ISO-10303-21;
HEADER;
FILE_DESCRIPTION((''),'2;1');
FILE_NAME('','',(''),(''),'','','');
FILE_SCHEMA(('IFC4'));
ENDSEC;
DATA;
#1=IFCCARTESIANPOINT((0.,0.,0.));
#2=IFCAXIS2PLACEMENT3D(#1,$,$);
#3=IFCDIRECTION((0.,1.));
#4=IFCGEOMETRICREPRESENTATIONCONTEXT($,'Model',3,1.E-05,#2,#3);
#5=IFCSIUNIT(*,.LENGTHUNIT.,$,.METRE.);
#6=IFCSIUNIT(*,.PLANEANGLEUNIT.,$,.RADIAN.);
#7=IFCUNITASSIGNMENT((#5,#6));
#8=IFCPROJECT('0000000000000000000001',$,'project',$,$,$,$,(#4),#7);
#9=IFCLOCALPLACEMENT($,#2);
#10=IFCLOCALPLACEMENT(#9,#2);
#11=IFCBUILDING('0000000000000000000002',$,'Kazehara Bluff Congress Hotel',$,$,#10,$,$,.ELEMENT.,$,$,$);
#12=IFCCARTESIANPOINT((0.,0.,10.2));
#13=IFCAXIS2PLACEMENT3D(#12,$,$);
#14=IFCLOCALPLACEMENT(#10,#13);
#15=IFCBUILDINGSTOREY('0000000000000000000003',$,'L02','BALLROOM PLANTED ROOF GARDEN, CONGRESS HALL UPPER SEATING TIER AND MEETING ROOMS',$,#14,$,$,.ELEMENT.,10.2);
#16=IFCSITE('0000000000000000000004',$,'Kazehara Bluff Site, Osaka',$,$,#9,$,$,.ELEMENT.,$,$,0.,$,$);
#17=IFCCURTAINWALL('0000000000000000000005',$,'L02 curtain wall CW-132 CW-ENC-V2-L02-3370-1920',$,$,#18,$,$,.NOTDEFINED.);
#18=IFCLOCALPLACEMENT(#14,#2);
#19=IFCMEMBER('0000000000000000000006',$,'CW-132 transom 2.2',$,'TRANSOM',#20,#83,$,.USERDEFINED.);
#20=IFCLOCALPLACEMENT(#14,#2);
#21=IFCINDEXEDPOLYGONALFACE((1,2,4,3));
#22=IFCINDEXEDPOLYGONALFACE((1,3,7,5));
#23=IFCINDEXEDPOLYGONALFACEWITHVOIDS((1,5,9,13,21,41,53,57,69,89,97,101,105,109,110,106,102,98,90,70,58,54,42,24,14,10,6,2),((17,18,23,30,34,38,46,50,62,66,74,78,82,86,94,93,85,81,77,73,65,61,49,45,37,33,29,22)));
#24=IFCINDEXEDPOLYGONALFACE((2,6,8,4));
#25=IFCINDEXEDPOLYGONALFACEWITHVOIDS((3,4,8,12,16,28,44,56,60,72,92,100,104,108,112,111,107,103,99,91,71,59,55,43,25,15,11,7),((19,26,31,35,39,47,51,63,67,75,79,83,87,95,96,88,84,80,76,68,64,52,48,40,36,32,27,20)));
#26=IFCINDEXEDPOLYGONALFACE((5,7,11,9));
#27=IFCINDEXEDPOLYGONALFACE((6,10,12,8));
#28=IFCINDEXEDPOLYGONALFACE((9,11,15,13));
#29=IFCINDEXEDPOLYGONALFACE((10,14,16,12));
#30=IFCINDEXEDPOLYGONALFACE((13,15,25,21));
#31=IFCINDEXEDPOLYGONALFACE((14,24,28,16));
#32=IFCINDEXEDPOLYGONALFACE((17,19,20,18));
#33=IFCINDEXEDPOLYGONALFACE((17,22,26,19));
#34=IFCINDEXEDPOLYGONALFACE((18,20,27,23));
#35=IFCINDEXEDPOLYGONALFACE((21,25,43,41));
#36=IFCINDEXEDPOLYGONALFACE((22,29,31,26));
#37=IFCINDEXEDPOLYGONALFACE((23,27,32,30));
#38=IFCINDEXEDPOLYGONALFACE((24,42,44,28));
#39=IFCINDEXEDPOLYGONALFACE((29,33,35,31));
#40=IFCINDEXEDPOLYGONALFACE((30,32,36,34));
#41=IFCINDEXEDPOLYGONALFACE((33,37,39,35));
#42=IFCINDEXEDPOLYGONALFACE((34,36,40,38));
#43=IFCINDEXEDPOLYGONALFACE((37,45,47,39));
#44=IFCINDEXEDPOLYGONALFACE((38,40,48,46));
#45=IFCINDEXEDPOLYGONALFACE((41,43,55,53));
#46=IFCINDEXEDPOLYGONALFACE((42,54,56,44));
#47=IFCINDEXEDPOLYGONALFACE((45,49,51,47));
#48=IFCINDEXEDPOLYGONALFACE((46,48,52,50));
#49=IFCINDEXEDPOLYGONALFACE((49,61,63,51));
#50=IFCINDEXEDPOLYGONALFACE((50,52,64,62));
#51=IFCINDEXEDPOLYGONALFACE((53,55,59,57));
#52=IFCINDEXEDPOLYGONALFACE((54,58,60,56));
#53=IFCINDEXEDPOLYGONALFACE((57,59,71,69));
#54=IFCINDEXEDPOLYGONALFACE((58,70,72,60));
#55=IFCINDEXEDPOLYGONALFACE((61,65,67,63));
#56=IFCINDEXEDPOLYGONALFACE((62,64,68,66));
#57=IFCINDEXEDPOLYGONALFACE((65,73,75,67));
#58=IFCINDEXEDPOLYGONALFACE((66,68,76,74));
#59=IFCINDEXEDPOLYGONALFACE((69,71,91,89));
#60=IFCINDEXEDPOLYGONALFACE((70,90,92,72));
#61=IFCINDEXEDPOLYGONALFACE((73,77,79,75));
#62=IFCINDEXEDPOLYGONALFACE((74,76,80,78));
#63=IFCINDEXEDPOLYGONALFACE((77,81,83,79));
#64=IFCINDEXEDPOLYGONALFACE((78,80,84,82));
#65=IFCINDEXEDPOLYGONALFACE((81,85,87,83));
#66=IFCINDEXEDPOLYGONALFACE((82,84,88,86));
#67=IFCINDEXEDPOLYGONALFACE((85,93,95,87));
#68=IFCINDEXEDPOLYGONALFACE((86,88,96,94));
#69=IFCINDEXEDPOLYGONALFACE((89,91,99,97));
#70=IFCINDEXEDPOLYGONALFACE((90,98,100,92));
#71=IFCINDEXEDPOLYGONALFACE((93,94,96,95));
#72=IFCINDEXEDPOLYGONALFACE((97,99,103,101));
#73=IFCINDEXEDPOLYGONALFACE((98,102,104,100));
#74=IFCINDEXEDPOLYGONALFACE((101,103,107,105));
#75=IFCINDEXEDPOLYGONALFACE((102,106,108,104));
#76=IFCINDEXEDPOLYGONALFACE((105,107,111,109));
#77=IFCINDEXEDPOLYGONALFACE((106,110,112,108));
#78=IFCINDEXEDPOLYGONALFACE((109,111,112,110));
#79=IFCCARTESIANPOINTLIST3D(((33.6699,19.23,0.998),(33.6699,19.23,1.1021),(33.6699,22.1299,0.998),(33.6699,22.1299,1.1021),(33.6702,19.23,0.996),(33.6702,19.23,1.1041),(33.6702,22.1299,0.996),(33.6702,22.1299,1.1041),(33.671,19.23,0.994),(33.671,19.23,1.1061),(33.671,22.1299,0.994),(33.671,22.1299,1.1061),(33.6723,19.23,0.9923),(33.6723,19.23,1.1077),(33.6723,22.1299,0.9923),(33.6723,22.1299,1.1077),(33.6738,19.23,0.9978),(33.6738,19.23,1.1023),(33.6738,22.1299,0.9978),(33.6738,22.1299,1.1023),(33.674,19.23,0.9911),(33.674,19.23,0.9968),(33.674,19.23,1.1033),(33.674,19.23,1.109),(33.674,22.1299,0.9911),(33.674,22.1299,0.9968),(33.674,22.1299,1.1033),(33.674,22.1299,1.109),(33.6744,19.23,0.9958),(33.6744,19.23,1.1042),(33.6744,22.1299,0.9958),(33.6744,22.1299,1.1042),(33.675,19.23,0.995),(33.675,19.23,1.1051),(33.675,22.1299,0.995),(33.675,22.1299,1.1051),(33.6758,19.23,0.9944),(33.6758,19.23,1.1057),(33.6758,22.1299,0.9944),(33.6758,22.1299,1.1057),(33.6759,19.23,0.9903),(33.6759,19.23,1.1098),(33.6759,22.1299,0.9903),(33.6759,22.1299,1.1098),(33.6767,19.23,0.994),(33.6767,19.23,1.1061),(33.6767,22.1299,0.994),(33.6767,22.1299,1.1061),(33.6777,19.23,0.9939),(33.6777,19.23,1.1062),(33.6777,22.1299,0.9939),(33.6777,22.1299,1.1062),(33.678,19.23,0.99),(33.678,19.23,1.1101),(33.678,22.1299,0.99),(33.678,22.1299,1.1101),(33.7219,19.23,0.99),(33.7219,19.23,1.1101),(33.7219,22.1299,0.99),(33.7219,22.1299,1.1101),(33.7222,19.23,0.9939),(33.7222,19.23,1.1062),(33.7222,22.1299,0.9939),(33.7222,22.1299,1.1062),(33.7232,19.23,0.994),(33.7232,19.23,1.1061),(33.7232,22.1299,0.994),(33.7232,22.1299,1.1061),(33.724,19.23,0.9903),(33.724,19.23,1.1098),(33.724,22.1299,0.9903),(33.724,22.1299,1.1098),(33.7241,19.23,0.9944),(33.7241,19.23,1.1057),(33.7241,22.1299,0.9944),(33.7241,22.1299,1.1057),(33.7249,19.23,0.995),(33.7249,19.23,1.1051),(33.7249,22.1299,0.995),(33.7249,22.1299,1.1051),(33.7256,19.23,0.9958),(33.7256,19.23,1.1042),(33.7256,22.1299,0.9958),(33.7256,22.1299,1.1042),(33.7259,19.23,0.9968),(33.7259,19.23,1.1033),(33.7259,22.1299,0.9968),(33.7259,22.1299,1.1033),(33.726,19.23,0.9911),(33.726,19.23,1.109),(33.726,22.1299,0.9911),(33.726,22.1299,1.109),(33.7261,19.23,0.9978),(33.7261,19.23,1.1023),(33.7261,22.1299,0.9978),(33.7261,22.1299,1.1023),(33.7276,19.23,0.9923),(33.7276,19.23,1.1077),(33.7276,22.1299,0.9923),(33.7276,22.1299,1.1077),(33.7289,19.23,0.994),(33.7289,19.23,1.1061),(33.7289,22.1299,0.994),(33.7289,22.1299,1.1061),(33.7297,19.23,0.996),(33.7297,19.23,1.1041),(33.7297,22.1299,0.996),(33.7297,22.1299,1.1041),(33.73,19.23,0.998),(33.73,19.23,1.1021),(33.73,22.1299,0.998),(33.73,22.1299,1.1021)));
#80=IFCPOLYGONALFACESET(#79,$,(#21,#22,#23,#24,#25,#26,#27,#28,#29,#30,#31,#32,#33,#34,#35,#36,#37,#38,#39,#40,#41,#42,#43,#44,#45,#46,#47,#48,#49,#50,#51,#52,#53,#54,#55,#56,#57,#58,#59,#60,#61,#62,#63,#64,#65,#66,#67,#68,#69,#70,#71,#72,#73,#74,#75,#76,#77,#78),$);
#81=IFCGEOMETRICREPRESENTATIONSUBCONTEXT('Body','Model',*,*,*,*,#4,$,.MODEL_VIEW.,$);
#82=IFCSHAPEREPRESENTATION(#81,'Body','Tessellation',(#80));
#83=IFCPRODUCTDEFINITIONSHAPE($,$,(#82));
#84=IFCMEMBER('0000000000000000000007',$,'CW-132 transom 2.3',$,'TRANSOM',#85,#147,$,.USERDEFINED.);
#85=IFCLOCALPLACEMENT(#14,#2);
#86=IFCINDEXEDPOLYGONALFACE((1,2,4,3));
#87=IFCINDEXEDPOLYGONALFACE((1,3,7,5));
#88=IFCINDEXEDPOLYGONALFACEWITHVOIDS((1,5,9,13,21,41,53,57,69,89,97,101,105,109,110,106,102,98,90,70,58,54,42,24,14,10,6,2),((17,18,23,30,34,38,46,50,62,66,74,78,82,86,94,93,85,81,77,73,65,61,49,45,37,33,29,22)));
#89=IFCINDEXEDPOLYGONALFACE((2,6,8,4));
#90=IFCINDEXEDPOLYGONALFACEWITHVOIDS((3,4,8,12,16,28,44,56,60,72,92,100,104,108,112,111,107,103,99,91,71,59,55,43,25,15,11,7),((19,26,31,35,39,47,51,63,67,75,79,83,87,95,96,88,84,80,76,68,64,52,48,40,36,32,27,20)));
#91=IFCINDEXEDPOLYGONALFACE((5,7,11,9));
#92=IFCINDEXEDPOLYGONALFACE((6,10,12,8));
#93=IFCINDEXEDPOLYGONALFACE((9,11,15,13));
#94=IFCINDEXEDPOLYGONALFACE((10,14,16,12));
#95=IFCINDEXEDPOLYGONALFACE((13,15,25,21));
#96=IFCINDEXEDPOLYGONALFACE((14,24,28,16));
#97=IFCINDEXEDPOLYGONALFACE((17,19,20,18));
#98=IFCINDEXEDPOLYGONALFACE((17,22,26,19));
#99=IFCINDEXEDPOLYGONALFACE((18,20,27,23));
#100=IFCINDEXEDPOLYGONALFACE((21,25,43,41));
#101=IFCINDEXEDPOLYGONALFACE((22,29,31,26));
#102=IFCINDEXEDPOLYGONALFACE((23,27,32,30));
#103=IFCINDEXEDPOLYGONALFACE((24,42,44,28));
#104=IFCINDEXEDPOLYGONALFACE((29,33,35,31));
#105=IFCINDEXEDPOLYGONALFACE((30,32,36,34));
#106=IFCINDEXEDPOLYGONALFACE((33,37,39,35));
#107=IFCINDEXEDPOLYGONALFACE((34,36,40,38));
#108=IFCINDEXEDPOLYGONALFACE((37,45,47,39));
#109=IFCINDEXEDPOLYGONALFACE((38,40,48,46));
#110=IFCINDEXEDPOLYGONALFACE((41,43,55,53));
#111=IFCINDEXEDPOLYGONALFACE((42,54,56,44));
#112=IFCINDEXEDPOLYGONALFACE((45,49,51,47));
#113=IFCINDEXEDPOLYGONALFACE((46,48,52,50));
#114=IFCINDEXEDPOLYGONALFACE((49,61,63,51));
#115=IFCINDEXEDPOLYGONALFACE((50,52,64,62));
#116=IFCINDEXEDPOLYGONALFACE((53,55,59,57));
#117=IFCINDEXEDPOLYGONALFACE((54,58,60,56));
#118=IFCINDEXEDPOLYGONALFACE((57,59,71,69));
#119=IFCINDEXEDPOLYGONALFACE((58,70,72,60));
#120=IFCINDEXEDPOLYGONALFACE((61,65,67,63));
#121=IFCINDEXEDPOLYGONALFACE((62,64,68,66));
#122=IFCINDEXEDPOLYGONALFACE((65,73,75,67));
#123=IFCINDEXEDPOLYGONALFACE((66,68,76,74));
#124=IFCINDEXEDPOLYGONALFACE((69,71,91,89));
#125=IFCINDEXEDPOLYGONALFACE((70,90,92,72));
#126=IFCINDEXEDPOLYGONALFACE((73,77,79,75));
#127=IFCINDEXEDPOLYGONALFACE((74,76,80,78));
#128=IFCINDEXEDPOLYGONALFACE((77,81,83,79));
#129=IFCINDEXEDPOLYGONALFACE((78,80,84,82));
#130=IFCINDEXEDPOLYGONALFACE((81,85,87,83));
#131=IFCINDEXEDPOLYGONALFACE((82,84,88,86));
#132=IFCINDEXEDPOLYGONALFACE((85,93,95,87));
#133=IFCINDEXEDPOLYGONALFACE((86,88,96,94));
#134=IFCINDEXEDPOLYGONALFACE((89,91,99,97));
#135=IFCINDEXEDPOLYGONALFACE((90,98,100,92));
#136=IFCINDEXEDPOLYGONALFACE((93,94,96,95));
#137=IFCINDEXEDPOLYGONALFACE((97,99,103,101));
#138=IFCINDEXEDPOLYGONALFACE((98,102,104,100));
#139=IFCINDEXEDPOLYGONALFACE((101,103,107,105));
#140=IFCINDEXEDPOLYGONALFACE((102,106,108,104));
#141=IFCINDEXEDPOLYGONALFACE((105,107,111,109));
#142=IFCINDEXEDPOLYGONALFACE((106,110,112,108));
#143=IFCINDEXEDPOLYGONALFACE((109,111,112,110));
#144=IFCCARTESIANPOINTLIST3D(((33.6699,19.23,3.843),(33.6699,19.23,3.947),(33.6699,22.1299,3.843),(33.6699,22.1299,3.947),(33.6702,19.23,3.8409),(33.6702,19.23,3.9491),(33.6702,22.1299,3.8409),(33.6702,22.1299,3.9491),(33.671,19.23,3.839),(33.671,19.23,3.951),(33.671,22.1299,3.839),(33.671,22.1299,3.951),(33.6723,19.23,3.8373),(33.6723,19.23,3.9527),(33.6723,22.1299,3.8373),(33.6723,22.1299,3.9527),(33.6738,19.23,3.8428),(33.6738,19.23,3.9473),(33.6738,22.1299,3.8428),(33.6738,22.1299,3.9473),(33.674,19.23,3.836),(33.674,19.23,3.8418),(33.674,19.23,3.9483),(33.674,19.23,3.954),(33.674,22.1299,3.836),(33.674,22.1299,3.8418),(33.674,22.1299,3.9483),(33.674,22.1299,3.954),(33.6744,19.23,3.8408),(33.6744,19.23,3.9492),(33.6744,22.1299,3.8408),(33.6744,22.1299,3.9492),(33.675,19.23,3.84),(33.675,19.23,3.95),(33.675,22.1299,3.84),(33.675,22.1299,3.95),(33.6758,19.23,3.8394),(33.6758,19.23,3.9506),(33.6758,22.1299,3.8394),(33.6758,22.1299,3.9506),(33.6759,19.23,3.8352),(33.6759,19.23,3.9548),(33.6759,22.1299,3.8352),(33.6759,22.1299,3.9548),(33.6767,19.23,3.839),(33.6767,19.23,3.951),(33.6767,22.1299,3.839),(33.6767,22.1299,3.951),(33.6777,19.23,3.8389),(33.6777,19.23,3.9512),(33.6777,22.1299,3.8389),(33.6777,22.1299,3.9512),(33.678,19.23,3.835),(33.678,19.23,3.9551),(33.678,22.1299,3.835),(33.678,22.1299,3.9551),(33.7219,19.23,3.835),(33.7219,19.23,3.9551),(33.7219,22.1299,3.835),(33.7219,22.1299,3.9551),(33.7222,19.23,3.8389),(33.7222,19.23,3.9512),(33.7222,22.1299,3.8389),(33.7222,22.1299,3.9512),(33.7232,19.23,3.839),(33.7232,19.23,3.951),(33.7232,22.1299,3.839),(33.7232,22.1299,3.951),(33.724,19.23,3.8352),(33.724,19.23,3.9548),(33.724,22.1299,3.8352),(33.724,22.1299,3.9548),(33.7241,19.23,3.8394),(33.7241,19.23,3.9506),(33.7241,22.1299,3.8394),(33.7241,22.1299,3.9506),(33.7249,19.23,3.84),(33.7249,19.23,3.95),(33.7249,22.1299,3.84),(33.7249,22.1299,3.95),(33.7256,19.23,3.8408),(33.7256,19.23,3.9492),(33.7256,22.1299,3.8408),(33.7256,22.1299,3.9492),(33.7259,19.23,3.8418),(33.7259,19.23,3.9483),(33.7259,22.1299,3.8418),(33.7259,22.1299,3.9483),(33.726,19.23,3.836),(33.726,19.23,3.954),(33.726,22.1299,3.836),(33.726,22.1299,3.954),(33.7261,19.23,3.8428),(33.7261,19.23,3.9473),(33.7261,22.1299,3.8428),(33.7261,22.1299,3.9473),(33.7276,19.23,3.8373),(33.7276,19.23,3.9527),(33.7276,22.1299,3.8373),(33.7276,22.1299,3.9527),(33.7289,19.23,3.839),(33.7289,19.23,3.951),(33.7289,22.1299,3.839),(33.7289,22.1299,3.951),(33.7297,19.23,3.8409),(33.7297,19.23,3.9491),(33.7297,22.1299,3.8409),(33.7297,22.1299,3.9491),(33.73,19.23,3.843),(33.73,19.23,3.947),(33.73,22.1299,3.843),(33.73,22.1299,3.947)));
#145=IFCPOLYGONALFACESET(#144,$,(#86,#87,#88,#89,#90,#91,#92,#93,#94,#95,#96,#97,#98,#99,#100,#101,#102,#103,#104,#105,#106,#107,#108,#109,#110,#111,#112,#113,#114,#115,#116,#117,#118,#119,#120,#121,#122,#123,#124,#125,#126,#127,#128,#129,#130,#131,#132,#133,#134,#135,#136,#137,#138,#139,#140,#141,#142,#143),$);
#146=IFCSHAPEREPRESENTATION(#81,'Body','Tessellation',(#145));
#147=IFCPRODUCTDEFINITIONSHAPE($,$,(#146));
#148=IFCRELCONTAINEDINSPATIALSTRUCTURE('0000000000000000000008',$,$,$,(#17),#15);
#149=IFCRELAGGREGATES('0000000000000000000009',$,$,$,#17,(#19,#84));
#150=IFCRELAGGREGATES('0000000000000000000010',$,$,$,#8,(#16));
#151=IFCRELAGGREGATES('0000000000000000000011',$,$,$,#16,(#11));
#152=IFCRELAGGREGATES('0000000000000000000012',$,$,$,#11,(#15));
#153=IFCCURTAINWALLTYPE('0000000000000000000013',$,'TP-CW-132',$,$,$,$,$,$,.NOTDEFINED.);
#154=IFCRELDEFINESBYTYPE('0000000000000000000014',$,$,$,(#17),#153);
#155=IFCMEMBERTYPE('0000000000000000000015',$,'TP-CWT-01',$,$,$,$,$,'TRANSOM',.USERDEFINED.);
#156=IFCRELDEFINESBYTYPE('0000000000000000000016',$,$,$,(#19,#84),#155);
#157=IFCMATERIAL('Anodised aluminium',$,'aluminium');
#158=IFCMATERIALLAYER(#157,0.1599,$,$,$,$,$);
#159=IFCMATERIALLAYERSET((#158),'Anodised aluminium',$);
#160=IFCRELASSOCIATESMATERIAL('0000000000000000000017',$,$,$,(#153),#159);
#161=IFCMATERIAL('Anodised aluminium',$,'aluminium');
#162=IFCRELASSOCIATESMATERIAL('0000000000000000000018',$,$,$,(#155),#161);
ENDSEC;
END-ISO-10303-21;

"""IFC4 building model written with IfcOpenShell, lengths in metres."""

from ifc_helpers import new_model, si_unit, direction, frame, origin, origin_2d, place, context, subcontext, project, spatial, hollow_rectangle, extrude, material, layer, layer_set, material_profile, profile_set, type_object, element, aggregate, save


model = new_model("IFC4")

# Units and contexts
model_context = context("Model", 3, precision=1e-05, world=origin(), true_north=direction((0.0, 1.0)))
body_context = subcontext(model_context, "Body", "Model", "MODEL_VIEW")
ifc_project = project(units=[si_unit("LENGTHUNIT", "METRE"), si_unit("PLANEANGLEUNIT", "RADIAN")], contexts=[model_context])

# Site, building, storey
site_placement = place(None, origin())
site = spatial("IfcSite", under=ifc_project, at=site_placement, Name="Kazehara Bluff Site, Osaka", CompositionType="ELEMENT", RefElevation=0.0)
building_placement = place(site_placement, origin())
building = spatial("IfcBuilding", under=site, at=building_placement, Name="Kazehara Bluff Congress Hotel", CompositionType="ELEMENT")
storey_placement = place(building_placement, frame((0.0, 0.0, 10.2)))
storey = spatial("IfcBuildingStorey", under=building, at=storey_placement, Name="L02", Description="BALLROOM PLANTED ROOF GARDEN, CONGRESS HALL UPPER SEATING TIER AND MEETING ROOMS", CompositionType="ELEMENT", Elevation=10.2)

# Curtain wall
ifc_material_1 = material(Name="Anodised aluminium", Category="aluminium")
ifc_layer_1 = layer(ifc_material_1, 0.1599)
ifc_layer_set_1 = layer_set([ifc_layer_1], Name="Anodised aluminium")
curtain_wall_type_1 = type_object("IfcCurtainWallType", Name="TP-CW-132", PredefinedType="NOTDEFINED", material=ifc_layer_set_1)
curtain_wall_1_placement = place(storey_placement, origin())
curtain_wall_1 = element("IfcCurtainWall", 1, at=curtain_wall_1_placement, inside=storey, type_object=curtain_wall_type_1, Name="L02 curtain wall CW-132 CW-ENC-V2-L02-3370-1920", PredefinedType="NOTDEFINED")

# Members
ifc_material_2 = material(Name="Anodised aluminium", Category="aluminium")
ifc_material_profile_1 = material_profile(ifc_material_2, hollow_rectangle(XDim=0.0601, YDim=0.1201, WallThickness=0.0039, InnerFilletRadius=0.0039, OuterFilletRadius=0.0081, at=origin_2d()))
ifc_profile_set_1 = profile_set([ifc_material_profile_1], Name="Anodised aluminium")
member_type_1 = type_object("IfcMemberType", Name="TP-CWT-01", ElementType="TRANSOM", PredefinedType="USERDEFINED", material=ifc_profile_set_1)
member_1_placement = place(storey_placement, frame((33.7, 19.23, 1.05), z_axis=(0.0, 1.0, 0.0), x_axis=(-1.0, 0.0, 0.0)))
member_1 = element("IfcMember", 2, at=member_1_placement, type_object=member_type_1, Name="CW-132 transom 2.2", ObjectType="TRANSOM", PredefinedType="USERDEFINED", context=body_context, shape_type="SweptSolid", body=[
    extrude(hollow_rectangle(XDim=0.0601, YDim=0.1201, WallThickness=0.0039, InnerFilletRadius=0.0039, OuterFilletRadius=0.0081, at=origin_2d()), origin(), (0.0, 0.0, 1.0), 2.8999),
])
member_2_placement = place(storey_placement, frame((33.7, 19.23, 3.895), z_axis=(0.0, 1.0, 0.0), x_axis=(-1.0, 0.0, 0.0)))
member_2 = element("IfcMember", 3, at=member_2_placement, type_object=member_type_1, Name="CW-132 transom 2.3", ObjectType="TRANSOM", PredefinedType="USERDEFINED", context=body_context, shape_type="SweptSolid", body=[
    extrude(hollow_rectangle(XDim=0.0601, YDim=0.1201, WallThickness=0.0039, InnerFilletRadius=0.0039, OuterFilletRadius=0.0081, at=origin_2d()), origin(), (0.0, 0.0, 1.0), 2.8999),
])

aggregate(curtain_wall_1, [member_1, member_2])

save(model, "model.ifc")
